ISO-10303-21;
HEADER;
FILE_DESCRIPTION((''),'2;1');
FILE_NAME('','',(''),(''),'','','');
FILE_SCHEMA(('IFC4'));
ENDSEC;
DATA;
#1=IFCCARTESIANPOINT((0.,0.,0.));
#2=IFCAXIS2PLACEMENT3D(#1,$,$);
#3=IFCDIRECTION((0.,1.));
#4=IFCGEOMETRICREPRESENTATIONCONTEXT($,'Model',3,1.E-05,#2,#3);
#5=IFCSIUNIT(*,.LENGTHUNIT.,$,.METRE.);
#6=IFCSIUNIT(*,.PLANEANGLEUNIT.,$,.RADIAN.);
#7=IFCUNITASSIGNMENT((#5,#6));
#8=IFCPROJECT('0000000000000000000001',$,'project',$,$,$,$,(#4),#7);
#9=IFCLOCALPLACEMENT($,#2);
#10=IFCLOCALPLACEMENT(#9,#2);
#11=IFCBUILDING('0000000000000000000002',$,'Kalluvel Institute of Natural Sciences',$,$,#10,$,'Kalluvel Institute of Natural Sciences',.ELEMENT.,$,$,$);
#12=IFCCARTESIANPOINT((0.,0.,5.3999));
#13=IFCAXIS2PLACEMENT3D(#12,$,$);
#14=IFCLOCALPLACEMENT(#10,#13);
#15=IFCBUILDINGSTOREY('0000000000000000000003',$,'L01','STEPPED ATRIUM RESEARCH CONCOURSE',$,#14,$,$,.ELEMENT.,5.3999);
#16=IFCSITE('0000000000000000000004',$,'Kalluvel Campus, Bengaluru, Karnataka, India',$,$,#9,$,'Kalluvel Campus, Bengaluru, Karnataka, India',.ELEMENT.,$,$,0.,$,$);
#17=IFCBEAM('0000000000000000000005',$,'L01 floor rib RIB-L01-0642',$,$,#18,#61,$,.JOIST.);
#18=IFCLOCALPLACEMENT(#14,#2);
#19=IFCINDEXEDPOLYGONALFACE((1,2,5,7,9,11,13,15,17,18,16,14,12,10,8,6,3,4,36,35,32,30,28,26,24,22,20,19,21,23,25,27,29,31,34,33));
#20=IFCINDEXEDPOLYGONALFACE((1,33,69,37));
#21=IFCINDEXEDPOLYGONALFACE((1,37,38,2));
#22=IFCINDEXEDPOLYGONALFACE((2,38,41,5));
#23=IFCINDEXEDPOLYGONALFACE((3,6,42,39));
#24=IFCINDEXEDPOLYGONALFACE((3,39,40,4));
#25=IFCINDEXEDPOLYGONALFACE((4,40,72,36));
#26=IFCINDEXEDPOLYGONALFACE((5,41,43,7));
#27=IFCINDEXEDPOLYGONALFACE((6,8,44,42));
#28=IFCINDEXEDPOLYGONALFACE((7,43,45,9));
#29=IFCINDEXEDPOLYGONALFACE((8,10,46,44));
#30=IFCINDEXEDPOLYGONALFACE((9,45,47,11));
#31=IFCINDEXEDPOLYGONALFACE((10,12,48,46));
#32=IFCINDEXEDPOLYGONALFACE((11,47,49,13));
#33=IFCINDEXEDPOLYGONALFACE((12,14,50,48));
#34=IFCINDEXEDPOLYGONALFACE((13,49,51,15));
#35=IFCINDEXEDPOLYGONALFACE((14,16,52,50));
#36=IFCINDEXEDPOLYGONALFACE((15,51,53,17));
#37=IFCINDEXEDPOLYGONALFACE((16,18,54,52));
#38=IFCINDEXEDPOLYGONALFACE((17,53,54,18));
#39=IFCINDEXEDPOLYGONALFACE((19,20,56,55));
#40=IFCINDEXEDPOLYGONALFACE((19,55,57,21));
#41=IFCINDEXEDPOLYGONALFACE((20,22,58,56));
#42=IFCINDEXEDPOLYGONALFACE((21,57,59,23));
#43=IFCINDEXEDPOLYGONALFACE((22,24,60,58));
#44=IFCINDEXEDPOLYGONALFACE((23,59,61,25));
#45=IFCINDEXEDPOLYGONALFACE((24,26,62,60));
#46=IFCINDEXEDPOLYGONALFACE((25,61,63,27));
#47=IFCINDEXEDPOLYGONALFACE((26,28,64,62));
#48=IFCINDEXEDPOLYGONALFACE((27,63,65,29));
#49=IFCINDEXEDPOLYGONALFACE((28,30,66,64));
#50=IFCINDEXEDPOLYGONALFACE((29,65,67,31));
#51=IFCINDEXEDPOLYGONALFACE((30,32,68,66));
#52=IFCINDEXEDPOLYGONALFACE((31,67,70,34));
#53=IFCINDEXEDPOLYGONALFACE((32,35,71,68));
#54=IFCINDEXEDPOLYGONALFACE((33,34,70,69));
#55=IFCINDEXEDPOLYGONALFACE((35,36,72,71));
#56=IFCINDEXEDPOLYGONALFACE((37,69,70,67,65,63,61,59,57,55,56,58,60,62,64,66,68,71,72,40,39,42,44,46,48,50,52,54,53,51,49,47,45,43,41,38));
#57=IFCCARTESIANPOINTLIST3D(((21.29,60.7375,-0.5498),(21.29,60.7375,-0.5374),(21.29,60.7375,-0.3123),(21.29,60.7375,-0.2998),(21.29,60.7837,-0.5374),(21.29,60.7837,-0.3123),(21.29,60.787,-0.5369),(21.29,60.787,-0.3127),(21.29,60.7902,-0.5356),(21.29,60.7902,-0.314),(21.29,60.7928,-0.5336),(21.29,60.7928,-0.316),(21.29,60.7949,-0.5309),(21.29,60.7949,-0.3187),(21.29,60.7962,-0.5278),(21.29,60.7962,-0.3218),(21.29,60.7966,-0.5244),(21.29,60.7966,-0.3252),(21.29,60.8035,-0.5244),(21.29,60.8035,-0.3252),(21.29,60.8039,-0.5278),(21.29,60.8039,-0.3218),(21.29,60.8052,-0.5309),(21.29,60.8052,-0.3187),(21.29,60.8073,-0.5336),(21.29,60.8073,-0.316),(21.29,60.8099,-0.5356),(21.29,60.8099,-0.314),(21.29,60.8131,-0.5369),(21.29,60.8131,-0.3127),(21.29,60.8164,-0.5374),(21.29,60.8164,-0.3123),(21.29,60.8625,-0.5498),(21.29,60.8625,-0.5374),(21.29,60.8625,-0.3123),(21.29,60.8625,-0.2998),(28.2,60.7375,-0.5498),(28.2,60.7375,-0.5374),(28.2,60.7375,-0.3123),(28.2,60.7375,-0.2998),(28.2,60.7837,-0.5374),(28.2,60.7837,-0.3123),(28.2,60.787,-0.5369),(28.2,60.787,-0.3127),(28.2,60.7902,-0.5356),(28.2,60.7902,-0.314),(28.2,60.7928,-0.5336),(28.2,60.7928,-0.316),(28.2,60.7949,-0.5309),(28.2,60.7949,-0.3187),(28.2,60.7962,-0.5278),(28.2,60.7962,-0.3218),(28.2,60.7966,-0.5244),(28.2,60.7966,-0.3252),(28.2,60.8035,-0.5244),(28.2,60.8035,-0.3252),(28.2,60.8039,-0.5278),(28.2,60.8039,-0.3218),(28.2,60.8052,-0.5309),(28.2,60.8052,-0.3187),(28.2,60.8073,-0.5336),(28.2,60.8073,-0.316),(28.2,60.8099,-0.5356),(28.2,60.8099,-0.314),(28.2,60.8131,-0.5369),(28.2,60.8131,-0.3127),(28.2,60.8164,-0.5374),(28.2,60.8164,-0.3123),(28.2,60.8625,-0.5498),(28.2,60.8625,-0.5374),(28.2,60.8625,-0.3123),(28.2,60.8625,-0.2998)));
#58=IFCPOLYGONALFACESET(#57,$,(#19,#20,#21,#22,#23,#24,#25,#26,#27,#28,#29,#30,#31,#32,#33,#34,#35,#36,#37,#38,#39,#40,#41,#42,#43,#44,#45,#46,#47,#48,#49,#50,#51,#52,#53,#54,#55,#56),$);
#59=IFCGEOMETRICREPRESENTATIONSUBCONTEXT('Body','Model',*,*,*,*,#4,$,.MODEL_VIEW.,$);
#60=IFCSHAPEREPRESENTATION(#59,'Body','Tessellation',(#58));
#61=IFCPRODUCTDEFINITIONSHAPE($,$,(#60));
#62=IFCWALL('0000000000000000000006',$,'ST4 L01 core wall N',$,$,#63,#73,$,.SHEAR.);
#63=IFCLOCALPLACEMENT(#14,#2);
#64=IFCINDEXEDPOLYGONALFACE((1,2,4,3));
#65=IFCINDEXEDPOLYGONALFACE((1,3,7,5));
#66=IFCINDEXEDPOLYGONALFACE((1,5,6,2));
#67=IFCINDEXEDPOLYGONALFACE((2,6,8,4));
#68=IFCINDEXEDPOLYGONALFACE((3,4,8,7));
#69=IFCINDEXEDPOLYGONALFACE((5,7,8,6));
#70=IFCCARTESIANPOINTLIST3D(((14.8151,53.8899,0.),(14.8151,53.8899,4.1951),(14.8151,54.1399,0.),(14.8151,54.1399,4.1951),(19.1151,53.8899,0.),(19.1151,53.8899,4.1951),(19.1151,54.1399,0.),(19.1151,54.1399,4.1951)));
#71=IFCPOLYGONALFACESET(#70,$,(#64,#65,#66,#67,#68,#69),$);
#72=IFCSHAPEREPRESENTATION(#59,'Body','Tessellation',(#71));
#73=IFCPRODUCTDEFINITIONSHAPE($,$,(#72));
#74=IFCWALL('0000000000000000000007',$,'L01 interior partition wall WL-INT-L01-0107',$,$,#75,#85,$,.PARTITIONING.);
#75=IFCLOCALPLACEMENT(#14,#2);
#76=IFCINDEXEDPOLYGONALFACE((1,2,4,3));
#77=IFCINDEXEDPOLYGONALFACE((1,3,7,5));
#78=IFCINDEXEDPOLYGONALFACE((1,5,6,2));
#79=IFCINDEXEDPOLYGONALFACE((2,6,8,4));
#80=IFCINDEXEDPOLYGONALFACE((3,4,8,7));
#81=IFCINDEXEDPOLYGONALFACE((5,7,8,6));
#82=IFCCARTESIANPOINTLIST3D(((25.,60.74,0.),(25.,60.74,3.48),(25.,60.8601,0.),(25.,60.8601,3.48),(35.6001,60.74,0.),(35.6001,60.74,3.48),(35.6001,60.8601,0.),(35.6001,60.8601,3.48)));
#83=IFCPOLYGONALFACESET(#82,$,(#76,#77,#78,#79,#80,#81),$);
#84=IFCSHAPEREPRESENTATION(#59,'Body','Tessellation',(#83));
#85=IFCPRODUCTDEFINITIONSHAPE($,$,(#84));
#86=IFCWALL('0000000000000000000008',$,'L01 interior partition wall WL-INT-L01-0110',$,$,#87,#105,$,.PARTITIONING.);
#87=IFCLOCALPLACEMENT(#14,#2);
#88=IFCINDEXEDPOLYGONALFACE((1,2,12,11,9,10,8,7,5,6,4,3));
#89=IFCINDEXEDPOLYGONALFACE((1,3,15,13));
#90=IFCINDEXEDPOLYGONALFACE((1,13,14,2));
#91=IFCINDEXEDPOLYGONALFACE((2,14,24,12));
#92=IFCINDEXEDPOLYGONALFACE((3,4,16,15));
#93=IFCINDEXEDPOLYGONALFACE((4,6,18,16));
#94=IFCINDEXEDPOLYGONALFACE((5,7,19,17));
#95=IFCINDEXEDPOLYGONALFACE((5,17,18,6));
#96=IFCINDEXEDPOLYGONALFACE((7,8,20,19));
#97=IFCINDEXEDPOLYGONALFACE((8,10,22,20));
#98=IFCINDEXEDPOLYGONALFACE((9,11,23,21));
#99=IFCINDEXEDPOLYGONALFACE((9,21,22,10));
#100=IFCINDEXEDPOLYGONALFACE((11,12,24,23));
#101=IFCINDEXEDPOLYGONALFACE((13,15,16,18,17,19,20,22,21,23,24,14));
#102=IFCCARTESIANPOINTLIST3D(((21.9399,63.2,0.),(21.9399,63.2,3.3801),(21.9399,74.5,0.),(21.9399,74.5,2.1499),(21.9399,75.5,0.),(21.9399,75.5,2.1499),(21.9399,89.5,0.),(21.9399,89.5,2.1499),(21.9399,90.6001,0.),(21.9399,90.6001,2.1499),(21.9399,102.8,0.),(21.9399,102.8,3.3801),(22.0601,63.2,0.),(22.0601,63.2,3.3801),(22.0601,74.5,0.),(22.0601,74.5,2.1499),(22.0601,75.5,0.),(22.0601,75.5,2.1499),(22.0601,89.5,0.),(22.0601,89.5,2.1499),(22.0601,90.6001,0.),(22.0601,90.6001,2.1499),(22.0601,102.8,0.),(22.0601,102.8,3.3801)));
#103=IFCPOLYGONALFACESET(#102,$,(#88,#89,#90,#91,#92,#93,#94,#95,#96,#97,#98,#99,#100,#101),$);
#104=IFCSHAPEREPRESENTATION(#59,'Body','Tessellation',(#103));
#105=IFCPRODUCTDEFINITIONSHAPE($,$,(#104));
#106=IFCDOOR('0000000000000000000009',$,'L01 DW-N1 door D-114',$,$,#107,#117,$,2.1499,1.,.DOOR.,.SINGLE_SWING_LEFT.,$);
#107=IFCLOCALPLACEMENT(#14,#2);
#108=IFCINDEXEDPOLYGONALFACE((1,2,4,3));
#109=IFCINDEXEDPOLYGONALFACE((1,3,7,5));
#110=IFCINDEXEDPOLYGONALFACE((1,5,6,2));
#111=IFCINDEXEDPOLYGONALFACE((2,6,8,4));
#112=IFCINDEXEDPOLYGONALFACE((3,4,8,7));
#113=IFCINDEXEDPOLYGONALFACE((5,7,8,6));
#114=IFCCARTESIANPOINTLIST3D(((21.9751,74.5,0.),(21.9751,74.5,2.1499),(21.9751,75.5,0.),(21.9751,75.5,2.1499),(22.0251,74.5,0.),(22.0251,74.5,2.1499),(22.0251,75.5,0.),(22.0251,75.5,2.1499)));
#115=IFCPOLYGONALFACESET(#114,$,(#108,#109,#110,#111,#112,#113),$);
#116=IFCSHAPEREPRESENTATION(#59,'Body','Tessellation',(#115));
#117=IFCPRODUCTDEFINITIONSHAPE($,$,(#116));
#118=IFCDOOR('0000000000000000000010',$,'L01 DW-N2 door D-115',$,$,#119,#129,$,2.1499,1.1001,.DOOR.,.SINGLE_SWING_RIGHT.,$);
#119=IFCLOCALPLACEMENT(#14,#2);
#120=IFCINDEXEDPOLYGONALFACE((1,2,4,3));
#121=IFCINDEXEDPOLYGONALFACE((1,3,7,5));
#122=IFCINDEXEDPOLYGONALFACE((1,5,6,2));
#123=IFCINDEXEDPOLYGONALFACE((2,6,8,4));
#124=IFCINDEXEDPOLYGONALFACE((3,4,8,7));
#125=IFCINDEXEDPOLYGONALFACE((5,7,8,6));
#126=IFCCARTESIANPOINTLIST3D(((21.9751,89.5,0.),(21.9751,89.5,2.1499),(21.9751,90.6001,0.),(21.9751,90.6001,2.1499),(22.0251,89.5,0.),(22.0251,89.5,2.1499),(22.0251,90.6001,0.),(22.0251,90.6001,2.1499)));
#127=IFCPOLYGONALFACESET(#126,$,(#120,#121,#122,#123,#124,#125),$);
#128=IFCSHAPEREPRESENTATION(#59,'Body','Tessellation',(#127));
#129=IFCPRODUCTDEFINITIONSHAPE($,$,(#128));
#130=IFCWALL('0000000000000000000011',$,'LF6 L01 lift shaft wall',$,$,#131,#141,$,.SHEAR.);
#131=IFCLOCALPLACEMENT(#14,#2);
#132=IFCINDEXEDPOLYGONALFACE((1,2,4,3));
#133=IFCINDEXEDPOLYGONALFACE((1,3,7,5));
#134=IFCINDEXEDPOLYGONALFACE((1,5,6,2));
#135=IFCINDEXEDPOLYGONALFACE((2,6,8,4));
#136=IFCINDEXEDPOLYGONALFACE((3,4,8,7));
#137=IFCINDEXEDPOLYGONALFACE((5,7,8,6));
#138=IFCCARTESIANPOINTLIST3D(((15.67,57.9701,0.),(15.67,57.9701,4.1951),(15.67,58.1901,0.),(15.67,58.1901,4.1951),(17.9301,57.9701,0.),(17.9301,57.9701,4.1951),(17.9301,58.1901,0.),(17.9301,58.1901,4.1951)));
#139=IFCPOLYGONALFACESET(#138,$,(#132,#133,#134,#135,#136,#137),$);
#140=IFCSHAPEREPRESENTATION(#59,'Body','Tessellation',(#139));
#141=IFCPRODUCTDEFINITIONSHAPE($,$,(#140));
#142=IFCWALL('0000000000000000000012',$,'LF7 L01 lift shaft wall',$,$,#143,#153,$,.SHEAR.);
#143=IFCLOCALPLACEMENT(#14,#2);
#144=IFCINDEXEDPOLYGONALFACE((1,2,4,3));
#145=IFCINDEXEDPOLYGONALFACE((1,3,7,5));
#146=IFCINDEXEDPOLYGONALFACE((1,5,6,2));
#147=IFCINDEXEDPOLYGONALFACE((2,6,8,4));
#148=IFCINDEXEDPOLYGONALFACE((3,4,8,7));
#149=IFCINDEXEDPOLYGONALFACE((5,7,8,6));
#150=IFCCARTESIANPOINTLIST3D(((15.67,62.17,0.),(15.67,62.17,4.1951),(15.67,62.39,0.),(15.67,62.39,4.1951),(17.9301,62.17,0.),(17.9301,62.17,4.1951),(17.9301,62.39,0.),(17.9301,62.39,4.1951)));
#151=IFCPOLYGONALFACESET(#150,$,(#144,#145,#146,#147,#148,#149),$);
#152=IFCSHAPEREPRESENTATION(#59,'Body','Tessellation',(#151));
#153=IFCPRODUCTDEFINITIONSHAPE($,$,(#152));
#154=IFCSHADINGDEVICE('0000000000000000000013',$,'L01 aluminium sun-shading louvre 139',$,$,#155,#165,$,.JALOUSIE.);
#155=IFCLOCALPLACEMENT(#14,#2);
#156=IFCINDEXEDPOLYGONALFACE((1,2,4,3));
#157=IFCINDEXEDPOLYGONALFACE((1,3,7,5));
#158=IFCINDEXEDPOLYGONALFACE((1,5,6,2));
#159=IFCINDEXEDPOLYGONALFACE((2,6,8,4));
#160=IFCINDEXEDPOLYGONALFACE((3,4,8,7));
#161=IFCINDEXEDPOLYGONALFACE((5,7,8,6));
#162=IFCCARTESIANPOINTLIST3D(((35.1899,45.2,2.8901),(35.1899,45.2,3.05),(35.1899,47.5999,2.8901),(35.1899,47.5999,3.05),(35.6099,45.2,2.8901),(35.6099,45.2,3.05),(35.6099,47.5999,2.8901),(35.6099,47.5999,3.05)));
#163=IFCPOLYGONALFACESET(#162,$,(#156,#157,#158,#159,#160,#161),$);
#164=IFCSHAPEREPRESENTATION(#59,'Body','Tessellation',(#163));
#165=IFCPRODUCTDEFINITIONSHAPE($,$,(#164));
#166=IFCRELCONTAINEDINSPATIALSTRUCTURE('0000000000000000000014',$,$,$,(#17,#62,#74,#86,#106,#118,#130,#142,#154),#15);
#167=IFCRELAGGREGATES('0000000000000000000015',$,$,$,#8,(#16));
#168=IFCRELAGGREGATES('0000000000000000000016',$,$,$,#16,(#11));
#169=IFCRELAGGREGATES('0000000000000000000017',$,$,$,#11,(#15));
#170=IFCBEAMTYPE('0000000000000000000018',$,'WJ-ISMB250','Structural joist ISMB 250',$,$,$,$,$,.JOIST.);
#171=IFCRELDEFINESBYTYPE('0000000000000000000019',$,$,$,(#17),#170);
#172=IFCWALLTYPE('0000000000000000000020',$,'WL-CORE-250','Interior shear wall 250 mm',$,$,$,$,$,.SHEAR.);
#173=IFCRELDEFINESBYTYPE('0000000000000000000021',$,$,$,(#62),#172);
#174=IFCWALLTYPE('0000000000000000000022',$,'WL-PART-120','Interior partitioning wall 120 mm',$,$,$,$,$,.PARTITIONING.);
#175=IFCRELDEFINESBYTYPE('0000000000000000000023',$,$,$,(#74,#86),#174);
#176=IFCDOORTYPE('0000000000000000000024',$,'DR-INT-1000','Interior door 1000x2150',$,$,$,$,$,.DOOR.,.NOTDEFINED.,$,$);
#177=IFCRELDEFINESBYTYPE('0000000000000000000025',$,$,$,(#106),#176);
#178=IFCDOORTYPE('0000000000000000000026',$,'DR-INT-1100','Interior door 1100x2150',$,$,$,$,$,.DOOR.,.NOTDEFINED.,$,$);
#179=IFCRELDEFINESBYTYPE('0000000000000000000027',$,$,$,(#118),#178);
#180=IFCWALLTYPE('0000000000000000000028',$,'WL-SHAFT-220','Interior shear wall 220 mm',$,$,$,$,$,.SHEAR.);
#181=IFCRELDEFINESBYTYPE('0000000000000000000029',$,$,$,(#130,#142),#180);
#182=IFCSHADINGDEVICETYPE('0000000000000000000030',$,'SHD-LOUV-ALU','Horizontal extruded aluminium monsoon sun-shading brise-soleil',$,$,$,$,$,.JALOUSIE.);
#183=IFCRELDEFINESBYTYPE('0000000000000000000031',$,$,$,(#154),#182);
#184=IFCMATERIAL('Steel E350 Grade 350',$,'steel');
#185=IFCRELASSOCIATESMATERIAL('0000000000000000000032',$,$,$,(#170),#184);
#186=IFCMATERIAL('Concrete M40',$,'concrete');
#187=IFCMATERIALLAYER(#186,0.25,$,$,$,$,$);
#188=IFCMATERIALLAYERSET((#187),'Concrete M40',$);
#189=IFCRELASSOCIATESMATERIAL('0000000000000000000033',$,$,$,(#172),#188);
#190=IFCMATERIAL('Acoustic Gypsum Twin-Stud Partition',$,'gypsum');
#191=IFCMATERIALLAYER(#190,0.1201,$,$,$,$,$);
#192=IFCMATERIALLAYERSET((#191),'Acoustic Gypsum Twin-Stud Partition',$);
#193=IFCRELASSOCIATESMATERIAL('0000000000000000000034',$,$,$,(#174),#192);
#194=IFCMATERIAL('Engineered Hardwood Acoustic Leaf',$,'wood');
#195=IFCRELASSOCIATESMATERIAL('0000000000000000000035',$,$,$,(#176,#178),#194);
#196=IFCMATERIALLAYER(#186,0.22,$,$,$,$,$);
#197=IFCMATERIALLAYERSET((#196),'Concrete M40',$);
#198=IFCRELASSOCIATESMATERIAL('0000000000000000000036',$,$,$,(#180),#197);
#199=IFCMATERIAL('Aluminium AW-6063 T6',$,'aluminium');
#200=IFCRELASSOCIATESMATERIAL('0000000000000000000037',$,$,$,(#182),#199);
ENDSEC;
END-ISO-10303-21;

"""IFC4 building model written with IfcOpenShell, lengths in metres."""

from ifc_helpers import new_model, si_unit, direction, frame, frame_2d, origin, origin_2d, place, context, subcontext, project, spatial, rectangle, i_section, extrude, material, layer, layer_set, material_profile, profile_set, type_object, element, fill, save


model = new_model("IFC4")

# Units and contexts
model_context = context("Model", 3, precision=1e-05, world=origin(), true_north=direction((0.0, 1.0)))
body_context = subcontext(model_context, "Body", "Model", "MODEL_VIEW")
ifc_project = project(units=[si_unit("LENGTHUNIT", "METRE"), si_unit("PLANEANGLEUNIT", "RADIAN")], contexts=[model_context])

# Site, building, storey
site_placement = place(None, origin())
site = spatial("IfcSite", under=ifc_project, at=site_placement, Name="Kalluvel Campus, Bengaluru, Karnataka, India", LongName="Kalluvel Campus, Bengaluru, Karnataka, India", CompositionType="ELEMENT", RefElevation=0.0)
building_placement = place(site_placement, origin())
building = spatial("IfcBuilding", under=site, at=building_placement, Name="Kalluvel Institute of Natural Sciences", LongName="Kalluvel Institute of Natural Sciences", CompositionType="ELEMENT")
storey_placement = place(building_placement, frame((0.0, 0.0, 5.3999)))
storey = spatial("IfcBuildingStorey", under=building, at=storey_placement, Name="L01", Description="STEPPED ATRIUM RESEARCH CONCOURSE", CompositionType="ELEMENT", Elevation=5.3999)

# Beam
ifc_material_1 = material(Name="Steel E350 Grade 350", Category="steel")
ifc_material_2 = material(Name="Concrete M40", Category="concrete")
ifc_material_profile_1 = material_profile(ifc_material_1, i_section(OverallWidth=0.125, OverallDepth=0.25, WebThickness=0.0068, FlangeThickness=0.0125, FilletRadius=0.0129, at=origin_2d()), Name="ISMB 250")
ifc_profile_set_1 = profile_set([ifc_material_profile_1], Name="Steel E350 Grade 350")
beam_type_1 = type_object("IfcBeamType", Name="WJ-ISMB250", Description="Structural joist ISMB 250", PredefinedType="JOIST", material=ifc_profile_set_1)
beam_1_placement = place(storey_placement, frame((21.29, 60.8, -0.4248), z_axis=(1.0, 0.0, 0.0), x_axis=(0.0, 1.0, 0.0)))
element("IfcBeam", 1, at=beam_1_placement, inside=storey, type_object=beam_type_1, Name="L01 floor rib RIB-L01-0642", PredefinedType="JOIST", context=body_context, shape_type="SweptSolid", body=[
    extrude(i_section(OverallWidth=0.125, OverallDepth=0.25, WebThickness=0.0068, FlangeThickness=0.0125, FilletRadius=0.0129, at=origin_2d()), origin(), (0.0, 0.0, 1.0), 6.9099),
])

# Walls
ifc_layer_1 = layer(ifc_material_2, 0.25)
ifc_layer_set_1 = layer_set([ifc_layer_1], Name="Concrete M40")
wall_type_1 = type_object("IfcWallType", Name="WL-CORE-250", Description="Interior shear wall 250 mm", PredefinedType="SHEAR", material=ifc_layer_set_1)
wall_1_placement = place(storey_placement, frame((19.115, 54.0149, 0.0), z_axis=(0.0, 0.0, 1.0), x_axis=(-1.0, 0.0, 0.0)))
element("IfcWall", 2, at=wall_1_placement, inside=storey, type_object=wall_type_1, Name="ST4 L01 core wall N", PredefinedType="SHEAR", context=body_context, shape_type="SweptSolid", body=[
    extrude(rectangle(XDim=4.3, YDim=0.25, at=frame_2d((2.1499, 0.0))), origin(), (0.0, 0.0, 1.0), 4.1951),
])
ifc_material_3 = material(Name="Acoustic Gypsum Twin-Stud Partition", Category="gypsum")
ifc_layer_2 = layer(ifc_material_3, 0.1201)
ifc_layer_set_2 = layer_set([ifc_layer_2], Name="Acoustic Gypsum Twin-Stud Partition")
wall_type_2 = type_object("IfcWallType", Name="WL-PART-120", Description="Interior partitioning wall 120 mm", PredefinedType="PARTITIONING", material=ifc_layer_set_2)
wall_2_placement = place(storey_placement, frame((25.0, 60.8, 0.0), z_axis=(0.0, 0.0, 1.0), x_axis=(1.0, 0.0, 0.0)))
element("IfcWall", 3, at=wall_2_placement, inside=storey, type_object=wall_type_2, Name="L01 interior partition wall WL-INT-L01-0107", PredefinedType="PARTITIONING", context=body_context, shape_type="SweptSolid", body=[
    extrude(rectangle(XDim=10.6001, YDim=0.1201, at=frame_2d((5.3, 0.0))), origin(), (0.0, 0.0, 1.0), 3.48),
])

# Wall, openings, doors
wall_3_placement = place(storey_placement, frame((22.0, 63.2, 0.0), z_axis=(0.0, 0.0, 1.0), x_axis=(0.0, 1.0, 0.0)))
wall_3 = element("IfcWall", 4, at=wall_3_placement, inside=storey, type_object=wall_type_2, Name="L01 interior partition wall WL-INT-L01-0110", PredefinedType="PARTITIONING", context=body_context, shape_type="SweptSolid", body=[
    extrude(rectangle(XDim=39.6001, YDim=0.1201, at=frame_2d((19.8, 0.0))), origin(), (0.0, 0.0, 1.0), 3.3801),
])
opening_1_placement = place(wall_3_placement, frame((11.3, 0.0, 0.0)))
opening_1 = element("IfcOpeningElement", 5, at=opening_1_placement, cuts=wall_3, PredefinedType="OPENING", context=body_context, shape_type="SweptSolid", body=[
    extrude(rectangle(XDim=1.0, YDim=2.1499, at=frame_2d((0.5, 1.075))), frame((0.0, 0.0701, 0.0), z_axis=(0.0, -1.0, 0.0), x_axis=(1.0, 0.0, 0.0)), (0.0, 0.0, 1.0), 0.1401),
])
opening_2_placement = place(wall_3_placement, frame((26.3, 0.0, 0.0)))
opening_2 = element("IfcOpeningElement", 6, at=opening_2_placement, cuts=wall_3, PredefinedType="OPENING", context=body_context, shape_type="SweptSolid", body=[
    extrude(rectangle(XDim=1.1001, YDim=2.1499, at=frame_2d((0.55, 1.075))), frame((0.0, 0.0701, 0.0), z_axis=(0.0, -1.0, 0.0), x_axis=(1.0, 0.0, 0.0)), (0.0, 0.0, 1.0), 0.1401),
])
ifc_material_4 = material(Name="Engineered Hardwood Acoustic Leaf", Category="wood")
door_type_1 = type_object("IfcDoorType", Name="DR-INT-1000", Description="Interior door 1000x2150", OperationType="NOTDEFINED", PredefinedType="DOOR", material=ifc_material_4)
door_1_placement = place(opening_1_placement, origin())
door_1 = element("IfcDoor", 7, at=door_1_placement, inside=storey, type_object=door_type_1, Name="L01 DW-N1 door D-114", OperationType="SINGLE_SWING_LEFT", OverallHeight=2.1499, OverallWidth=1.0, PredefinedType="DOOR", context=body_context, shape_type="SweptSolid", body=[
    extrude(rectangle(XDim=1.0, YDim=2.1499, at=frame_2d((0.5, 1.075))), frame((0.0, 0.0249, 0.0), z_axis=(0.0, -1.0, 0.0), x_axis=(1.0, 0.0, 0.0)), (0.0, 0.0, 1.0), 0.05),
])
fill(opening_1, door_1)
door_type_2 = type_object("IfcDoorType", Name="DR-INT-1100", Description="Interior door 1100x2150", OperationType="NOTDEFINED", PredefinedType="DOOR", material=ifc_material_4)
door_2_placement = place(opening_2_placement, origin())
door_2 = element("IfcDoor", 8, at=door_2_placement, inside=storey, type_object=door_type_2, Name="L01 DW-N2 door D-115", OperationType="SINGLE_SWING_RIGHT", OverallHeight=2.1499, OverallWidth=1.1001, PredefinedType="DOOR", context=body_context, shape_type="SweptSolid", body=[
    extrude(rectangle(XDim=1.1001, YDim=2.1499, at=frame_2d((0.55, 1.075))), frame((0.0, 0.0249, 0.0), z_axis=(0.0, -1.0, 0.0), x_axis=(1.0, 0.0, 0.0)), (0.0, 0.0, 1.0), 0.05),
])
fill(opening_2, door_2)

# Wall
ifc_layer_3 = layer(ifc_material_2, 0.22)
ifc_layer_set_3 = layer_set([ifc_layer_3], Name="Concrete M40")
wall_type_3 = type_object("IfcWallType", Name="WL-SHAFT-220", Description="Interior shear wall 220 mm", PredefinedType="SHEAR", material=ifc_layer_set_3)
wall_4_placement = place(storey_placement, frame((17.9299, 58.0801, 0.0), z_axis=(0.0, 0.0, 1.0), x_axis=(-1.0, 0.0, 0.0)))
element("IfcWall", 9, at=wall_4_placement, inside=storey, type_object=wall_type_3, Name="LF6 L01 lift shaft wall", PredefinedType="SHEAR", context=body_context, shape_type="SweptSolid", body=[
    extrude(rectangle(XDim=2.26, YDim=0.22, at=frame_2d((1.1299, 0.0))), origin(), (0.0, 0.0, 1.0), 4.1951),
])

# Wall
wall_5_placement = place(storey_placement, frame((17.9299, 62.28, 0.0), z_axis=(0.0, 0.0, 1.0), x_axis=(-1.0, 0.0, 0.0)))
element("IfcWall", 10, at=wall_5_placement, inside=storey, type_object=wall_type_3, Name="LF7 L01 lift shaft wall", PredefinedType="SHEAR", context=body_context, shape_type="SweptSolid", body=[
    extrude(rectangle(XDim=2.26, YDim=0.22, at=frame_2d((1.1299, 0.0))), origin(), (0.0, 0.0, 1.0), 4.1951),
])

# Shading device
ifc_material_5 = material(Name="Aluminium AW-6063 T6", Category="aluminium")
shading_device_type = type_object("IfcShadingDeviceType", Name="SHD-LOUV-ALU", Description="Horizontal extruded aluminium monsoon sun-shading brise-soleil", PredefinedType="JALOUSIE", material=ifc_material_5)
shading_device_placement = place(storey_placement, frame((35.3999, 46.3999, 2.8901), z_axis=(0.0, 0.0, 1.0), x_axis=(0.0, 1.0, 0.0)))
element("IfcShadingDevice", 11, at=shading_device_placement, inside=storey, type_object=shading_device_type, Name="L01 aluminium sun-shading louvre 139", PredefinedType="JALOUSIE", context=body_context, shape_type="SweptSolid", body=[
    extrude(rectangle(XDim=2.3999, YDim=0.4199, at=origin_2d()), origin(), (0.0, 0.0, 1.0), 0.1599),
])

save(model, "model.ifc")
